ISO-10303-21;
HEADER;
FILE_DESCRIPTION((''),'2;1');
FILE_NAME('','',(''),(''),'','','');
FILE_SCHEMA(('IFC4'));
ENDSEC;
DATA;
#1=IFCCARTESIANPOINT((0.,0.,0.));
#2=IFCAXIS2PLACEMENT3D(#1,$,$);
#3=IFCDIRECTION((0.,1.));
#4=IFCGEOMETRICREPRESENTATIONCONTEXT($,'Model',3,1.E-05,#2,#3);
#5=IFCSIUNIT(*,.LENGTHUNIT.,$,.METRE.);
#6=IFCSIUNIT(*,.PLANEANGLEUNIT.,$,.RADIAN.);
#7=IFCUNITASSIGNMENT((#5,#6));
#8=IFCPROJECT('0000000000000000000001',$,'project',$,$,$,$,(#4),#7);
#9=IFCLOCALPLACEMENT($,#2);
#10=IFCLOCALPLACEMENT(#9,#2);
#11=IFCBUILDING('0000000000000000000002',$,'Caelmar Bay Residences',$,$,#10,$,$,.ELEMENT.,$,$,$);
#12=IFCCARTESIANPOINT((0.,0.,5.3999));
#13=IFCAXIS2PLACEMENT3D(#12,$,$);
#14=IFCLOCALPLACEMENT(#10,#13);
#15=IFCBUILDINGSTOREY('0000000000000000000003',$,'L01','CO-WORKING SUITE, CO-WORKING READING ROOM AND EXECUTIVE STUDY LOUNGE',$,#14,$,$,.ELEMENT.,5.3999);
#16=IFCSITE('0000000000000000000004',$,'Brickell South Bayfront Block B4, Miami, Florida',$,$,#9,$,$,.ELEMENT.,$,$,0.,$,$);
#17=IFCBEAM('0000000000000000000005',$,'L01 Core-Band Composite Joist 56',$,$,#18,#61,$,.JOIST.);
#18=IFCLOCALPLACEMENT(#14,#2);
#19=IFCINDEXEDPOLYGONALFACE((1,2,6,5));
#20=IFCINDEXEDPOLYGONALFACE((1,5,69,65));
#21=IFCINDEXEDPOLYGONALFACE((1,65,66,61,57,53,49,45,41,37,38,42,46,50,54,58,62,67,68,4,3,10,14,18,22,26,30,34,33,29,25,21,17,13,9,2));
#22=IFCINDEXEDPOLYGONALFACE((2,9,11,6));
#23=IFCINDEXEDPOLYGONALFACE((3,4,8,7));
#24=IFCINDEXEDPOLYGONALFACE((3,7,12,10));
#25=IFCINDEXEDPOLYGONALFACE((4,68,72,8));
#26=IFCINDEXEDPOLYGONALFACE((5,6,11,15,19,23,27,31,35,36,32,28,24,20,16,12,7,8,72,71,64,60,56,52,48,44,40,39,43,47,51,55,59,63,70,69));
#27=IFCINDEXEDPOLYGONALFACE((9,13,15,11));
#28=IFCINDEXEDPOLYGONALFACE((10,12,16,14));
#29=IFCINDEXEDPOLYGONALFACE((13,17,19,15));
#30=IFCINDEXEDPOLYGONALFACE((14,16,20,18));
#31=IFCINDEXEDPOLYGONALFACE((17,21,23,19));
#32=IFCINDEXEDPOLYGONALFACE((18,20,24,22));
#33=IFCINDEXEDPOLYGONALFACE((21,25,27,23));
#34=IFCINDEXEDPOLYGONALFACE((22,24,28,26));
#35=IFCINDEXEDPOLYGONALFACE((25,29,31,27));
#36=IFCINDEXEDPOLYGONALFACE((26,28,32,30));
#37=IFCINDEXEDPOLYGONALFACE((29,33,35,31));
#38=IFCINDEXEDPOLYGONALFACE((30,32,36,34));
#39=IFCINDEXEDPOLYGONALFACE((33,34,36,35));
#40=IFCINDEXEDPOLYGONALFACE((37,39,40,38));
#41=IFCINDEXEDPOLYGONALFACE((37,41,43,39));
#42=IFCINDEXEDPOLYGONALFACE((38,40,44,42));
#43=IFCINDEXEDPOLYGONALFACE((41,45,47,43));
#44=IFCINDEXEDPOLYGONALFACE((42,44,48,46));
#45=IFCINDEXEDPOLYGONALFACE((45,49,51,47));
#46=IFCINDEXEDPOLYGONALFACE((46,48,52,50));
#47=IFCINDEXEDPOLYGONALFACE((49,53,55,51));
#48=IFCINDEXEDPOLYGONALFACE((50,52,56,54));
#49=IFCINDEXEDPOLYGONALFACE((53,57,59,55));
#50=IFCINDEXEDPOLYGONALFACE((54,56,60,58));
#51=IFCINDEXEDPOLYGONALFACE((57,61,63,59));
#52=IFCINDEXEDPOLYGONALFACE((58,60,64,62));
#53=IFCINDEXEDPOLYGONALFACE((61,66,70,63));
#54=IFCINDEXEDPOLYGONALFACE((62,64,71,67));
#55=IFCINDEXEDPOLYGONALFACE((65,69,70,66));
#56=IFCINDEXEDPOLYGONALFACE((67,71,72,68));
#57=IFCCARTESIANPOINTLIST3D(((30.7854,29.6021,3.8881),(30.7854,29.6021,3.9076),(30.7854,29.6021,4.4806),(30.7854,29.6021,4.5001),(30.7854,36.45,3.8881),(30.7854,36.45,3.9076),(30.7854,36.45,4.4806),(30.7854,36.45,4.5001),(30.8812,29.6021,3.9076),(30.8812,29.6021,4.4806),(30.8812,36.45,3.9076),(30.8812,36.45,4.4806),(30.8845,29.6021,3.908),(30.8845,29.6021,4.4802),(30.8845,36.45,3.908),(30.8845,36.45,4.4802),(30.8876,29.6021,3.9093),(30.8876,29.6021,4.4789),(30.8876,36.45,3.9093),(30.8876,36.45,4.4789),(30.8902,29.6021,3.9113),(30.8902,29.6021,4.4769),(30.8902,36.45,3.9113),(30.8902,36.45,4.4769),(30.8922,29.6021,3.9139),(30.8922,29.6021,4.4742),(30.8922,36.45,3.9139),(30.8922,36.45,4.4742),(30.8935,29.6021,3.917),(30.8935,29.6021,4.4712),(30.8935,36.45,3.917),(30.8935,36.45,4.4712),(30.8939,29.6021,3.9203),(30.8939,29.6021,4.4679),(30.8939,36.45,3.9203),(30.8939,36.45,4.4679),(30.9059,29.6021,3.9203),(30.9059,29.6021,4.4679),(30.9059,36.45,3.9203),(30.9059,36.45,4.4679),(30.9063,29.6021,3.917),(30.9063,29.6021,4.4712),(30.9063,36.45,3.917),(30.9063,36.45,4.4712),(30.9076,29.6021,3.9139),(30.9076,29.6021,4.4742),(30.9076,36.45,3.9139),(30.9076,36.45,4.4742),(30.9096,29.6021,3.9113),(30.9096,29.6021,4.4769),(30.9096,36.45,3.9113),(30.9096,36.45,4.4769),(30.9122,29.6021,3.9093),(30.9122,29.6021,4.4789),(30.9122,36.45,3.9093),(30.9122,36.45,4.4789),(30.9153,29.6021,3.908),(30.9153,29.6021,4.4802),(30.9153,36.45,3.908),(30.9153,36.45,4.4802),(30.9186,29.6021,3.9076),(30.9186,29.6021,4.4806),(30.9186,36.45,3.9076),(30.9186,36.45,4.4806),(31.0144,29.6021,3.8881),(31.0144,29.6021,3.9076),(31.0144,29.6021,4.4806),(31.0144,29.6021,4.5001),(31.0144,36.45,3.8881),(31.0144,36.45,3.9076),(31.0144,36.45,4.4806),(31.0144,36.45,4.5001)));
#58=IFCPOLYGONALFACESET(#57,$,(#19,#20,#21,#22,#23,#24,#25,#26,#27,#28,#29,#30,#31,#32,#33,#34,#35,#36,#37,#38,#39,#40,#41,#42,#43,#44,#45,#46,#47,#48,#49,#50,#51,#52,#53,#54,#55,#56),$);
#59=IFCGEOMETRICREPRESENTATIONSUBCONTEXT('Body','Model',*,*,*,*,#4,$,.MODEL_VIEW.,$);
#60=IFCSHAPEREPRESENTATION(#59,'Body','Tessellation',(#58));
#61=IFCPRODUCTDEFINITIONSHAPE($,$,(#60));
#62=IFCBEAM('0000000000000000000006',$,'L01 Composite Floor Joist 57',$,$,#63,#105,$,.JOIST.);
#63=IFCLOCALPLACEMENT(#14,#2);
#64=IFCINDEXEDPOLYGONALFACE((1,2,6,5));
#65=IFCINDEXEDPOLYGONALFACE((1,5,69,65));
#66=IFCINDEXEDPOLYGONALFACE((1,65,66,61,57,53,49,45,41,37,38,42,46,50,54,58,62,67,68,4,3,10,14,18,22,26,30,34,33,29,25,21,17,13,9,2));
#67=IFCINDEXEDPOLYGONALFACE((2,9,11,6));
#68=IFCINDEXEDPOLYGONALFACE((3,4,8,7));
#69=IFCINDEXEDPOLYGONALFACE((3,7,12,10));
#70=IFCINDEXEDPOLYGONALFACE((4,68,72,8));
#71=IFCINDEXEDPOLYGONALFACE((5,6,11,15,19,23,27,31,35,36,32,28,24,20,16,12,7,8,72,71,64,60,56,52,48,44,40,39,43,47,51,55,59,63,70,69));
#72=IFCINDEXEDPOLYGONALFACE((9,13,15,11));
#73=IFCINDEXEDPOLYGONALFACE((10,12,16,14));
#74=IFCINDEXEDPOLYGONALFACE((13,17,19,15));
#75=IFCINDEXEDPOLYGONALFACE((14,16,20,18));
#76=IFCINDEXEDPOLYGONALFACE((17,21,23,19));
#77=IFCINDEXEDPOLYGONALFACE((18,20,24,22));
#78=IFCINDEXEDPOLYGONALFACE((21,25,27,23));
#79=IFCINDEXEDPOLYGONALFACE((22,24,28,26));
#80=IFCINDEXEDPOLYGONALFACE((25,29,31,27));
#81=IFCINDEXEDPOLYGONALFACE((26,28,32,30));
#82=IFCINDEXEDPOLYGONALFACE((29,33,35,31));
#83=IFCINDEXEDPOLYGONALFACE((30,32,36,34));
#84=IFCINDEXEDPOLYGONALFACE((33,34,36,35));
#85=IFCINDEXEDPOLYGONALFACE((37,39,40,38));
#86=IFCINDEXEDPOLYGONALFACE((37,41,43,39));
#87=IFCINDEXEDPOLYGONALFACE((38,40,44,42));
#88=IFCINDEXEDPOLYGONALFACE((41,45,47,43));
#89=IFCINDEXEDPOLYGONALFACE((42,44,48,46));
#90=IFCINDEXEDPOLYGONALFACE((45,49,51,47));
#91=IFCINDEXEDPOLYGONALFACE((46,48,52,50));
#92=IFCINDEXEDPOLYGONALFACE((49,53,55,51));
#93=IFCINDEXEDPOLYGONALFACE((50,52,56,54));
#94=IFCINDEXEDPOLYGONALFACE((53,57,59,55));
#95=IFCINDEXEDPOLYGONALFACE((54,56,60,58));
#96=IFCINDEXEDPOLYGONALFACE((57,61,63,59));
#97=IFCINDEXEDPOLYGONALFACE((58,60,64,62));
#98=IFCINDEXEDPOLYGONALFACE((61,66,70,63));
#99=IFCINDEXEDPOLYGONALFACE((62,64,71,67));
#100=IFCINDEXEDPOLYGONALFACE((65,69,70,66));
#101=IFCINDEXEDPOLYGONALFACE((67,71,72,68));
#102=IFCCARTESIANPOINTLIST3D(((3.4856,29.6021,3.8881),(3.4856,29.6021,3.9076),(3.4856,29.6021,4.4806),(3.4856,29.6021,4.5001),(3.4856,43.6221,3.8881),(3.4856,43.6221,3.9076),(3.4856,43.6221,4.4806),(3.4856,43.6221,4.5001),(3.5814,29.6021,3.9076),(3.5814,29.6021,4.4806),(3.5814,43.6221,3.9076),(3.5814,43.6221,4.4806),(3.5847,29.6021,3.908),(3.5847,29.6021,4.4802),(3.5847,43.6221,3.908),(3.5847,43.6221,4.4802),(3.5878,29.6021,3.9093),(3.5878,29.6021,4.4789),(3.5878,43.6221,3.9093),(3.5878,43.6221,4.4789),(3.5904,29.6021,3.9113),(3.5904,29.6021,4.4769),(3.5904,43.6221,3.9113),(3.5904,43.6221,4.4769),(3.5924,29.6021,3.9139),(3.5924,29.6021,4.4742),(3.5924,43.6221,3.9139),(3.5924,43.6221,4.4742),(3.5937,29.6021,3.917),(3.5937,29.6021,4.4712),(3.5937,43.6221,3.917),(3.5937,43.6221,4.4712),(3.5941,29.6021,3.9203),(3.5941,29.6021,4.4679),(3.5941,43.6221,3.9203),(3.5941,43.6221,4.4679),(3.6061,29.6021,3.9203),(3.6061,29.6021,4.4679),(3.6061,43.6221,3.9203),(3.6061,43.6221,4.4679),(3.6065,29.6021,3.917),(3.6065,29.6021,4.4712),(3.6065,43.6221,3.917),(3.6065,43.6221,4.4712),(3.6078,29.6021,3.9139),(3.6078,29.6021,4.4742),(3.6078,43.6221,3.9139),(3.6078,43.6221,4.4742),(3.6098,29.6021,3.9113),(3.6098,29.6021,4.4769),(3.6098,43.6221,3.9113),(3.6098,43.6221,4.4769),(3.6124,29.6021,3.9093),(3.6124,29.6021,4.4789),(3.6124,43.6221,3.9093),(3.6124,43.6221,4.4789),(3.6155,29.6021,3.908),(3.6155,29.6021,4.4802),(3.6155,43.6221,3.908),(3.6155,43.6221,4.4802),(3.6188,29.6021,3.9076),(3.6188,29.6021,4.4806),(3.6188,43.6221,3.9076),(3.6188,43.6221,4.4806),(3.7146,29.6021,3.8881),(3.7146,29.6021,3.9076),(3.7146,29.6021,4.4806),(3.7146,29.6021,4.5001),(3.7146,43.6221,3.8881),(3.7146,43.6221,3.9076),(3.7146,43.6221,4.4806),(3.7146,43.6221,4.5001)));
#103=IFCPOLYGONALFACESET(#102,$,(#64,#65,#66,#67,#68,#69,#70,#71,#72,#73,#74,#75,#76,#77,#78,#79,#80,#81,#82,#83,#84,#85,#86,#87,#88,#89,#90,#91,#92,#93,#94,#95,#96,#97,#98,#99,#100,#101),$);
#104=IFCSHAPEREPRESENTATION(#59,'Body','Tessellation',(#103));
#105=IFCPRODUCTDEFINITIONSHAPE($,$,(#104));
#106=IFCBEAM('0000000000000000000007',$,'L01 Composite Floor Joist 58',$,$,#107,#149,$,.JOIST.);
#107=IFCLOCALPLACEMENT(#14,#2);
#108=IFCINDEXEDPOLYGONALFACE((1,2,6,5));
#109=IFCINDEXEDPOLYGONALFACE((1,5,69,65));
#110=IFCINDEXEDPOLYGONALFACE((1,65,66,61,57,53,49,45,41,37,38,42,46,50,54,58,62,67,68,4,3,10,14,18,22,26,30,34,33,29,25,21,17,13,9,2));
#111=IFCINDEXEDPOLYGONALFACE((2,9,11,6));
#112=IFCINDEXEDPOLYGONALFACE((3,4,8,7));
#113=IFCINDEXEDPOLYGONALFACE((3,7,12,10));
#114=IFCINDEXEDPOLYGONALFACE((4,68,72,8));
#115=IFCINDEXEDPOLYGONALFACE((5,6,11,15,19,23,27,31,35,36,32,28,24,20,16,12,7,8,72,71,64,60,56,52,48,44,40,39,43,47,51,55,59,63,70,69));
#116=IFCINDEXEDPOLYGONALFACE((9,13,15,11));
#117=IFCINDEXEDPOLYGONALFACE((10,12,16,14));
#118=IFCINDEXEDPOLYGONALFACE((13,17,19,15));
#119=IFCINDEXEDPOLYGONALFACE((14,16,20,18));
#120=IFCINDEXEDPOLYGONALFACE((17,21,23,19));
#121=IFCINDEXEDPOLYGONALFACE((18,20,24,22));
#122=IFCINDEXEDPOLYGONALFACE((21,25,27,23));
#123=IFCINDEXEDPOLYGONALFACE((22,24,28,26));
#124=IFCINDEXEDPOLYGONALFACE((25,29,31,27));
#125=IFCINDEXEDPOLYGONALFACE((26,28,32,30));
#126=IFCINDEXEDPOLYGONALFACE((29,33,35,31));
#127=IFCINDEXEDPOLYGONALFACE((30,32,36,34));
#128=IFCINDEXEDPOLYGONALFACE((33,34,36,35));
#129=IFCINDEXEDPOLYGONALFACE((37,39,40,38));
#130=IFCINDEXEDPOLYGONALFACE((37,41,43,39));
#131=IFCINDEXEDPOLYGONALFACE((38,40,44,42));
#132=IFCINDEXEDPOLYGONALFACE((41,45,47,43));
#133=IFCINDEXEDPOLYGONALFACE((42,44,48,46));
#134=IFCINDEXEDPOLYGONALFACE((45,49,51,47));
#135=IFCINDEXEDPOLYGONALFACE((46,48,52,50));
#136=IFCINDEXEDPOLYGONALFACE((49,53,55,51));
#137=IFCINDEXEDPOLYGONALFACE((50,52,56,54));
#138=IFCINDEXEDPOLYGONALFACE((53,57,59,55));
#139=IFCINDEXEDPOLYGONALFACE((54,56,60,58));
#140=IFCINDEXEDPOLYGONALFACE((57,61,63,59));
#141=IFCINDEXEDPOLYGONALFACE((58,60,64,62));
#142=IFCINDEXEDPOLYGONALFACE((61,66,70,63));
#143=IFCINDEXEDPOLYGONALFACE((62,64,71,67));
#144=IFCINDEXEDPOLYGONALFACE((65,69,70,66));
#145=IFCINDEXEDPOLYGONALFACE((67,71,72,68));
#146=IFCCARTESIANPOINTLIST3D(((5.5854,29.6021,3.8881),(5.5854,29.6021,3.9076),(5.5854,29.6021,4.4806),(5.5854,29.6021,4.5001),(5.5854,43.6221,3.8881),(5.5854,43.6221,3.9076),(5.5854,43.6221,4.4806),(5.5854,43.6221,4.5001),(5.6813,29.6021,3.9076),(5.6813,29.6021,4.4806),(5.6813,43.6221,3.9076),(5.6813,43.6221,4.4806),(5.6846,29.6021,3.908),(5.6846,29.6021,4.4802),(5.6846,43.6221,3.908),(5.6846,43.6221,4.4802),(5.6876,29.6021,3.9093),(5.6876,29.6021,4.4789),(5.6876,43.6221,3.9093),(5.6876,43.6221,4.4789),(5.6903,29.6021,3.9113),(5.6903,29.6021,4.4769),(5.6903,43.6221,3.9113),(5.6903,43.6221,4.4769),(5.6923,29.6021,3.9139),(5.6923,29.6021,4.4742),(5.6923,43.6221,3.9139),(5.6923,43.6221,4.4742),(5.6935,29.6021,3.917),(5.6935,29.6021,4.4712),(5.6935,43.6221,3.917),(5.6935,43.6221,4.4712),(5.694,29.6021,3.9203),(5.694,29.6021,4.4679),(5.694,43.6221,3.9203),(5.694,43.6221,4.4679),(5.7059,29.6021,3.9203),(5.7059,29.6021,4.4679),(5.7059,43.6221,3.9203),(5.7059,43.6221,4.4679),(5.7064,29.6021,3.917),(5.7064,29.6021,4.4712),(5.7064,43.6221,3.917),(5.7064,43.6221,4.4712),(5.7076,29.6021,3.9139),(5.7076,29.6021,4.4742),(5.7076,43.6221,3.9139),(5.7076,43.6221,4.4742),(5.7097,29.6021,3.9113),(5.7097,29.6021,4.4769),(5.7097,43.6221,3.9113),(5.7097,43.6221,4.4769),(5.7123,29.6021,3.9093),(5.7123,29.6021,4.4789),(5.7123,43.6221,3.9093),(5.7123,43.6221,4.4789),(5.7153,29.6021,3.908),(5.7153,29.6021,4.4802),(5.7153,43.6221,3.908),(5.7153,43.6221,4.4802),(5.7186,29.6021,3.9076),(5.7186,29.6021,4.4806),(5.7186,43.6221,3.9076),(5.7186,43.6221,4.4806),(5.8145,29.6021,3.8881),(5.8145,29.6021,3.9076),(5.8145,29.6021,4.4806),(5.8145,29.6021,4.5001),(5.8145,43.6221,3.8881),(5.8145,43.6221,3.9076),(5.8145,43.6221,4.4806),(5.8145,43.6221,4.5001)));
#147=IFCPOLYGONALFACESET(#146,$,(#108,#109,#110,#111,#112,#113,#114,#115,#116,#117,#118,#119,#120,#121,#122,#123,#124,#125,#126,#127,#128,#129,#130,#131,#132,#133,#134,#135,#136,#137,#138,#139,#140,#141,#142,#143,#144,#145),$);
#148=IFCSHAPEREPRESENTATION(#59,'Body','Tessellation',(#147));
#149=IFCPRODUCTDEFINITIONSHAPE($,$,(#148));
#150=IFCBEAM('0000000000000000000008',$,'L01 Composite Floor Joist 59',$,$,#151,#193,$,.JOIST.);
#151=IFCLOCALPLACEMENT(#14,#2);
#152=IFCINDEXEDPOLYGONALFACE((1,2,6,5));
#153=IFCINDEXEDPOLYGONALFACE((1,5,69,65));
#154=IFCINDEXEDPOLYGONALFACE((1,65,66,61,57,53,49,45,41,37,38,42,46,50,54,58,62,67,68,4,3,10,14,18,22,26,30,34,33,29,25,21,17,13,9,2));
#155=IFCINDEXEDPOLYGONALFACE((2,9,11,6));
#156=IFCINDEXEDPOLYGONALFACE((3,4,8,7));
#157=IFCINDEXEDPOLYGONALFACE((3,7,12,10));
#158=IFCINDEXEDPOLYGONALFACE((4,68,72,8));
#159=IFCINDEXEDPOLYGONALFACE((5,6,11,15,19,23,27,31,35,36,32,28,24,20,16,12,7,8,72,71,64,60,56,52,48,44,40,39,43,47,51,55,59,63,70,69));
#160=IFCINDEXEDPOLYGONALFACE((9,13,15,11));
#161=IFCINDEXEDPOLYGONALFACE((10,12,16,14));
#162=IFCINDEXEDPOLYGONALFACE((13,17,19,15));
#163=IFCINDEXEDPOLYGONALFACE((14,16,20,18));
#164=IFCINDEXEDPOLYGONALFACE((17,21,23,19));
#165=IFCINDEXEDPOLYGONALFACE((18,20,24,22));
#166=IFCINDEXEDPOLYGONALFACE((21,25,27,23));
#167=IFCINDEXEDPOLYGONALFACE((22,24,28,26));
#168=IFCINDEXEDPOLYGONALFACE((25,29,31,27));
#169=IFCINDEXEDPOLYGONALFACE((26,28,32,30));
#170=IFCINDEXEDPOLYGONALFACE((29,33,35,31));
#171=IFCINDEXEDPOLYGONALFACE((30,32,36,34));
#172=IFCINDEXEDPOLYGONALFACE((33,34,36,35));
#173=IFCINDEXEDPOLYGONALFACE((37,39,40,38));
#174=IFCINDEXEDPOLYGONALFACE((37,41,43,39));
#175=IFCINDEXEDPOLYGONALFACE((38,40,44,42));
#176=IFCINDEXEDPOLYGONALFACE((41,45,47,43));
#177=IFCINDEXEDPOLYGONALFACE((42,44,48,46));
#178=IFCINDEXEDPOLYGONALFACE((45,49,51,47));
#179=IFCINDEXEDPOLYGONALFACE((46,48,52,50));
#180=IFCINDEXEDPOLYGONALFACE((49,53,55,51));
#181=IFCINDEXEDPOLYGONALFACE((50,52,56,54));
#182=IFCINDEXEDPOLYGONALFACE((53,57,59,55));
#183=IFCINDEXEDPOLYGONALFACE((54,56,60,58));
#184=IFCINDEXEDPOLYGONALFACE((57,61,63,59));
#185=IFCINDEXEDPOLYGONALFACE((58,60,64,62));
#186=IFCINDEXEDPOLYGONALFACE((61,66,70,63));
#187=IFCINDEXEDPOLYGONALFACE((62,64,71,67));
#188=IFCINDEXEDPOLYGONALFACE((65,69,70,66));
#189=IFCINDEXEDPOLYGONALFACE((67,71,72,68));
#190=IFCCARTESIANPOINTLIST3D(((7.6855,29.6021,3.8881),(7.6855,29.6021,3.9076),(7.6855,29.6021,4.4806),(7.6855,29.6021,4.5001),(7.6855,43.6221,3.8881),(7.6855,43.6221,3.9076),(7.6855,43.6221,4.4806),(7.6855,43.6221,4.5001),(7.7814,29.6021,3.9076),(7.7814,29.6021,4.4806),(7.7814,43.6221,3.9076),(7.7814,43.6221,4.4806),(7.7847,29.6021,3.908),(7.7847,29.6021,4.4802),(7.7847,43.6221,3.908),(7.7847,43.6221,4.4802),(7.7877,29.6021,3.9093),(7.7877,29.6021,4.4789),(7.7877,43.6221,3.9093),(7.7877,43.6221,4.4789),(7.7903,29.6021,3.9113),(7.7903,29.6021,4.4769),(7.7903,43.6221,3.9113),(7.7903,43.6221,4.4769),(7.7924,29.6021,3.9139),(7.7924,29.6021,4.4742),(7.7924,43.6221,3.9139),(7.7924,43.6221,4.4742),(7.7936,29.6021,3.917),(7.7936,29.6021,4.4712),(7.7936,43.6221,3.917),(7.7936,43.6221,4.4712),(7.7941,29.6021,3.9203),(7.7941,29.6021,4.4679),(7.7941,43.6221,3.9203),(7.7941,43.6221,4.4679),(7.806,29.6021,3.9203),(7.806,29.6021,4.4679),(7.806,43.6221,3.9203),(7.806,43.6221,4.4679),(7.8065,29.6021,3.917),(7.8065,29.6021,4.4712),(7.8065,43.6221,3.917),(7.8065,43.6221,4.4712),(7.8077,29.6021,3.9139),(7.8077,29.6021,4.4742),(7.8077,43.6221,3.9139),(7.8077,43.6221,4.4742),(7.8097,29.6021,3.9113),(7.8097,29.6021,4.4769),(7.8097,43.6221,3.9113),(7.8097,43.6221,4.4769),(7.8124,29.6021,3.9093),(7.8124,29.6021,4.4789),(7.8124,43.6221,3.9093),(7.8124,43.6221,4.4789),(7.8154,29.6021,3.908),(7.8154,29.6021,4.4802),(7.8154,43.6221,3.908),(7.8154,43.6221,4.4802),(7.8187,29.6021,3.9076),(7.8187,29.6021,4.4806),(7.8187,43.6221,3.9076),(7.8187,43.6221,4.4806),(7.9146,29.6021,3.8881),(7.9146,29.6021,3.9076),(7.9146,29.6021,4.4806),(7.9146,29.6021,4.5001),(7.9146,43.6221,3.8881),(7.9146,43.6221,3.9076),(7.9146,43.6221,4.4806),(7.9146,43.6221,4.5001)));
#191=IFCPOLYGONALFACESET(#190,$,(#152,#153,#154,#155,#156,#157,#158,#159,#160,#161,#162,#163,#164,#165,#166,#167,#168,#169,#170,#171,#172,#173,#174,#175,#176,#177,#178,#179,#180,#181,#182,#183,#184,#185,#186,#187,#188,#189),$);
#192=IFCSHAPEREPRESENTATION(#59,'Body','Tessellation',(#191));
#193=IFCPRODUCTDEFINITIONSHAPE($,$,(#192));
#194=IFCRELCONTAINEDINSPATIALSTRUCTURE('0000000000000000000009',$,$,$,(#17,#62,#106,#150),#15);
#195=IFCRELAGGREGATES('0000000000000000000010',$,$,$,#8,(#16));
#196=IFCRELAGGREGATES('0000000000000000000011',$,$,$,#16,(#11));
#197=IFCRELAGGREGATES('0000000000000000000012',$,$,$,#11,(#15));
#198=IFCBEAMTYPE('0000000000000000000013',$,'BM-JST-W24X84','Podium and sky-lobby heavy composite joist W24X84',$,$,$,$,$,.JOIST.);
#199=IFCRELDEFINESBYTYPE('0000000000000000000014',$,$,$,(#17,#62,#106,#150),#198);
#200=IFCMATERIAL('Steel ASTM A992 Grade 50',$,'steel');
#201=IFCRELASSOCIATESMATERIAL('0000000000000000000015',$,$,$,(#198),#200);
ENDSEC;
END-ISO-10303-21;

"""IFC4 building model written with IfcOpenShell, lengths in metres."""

from ifc_helpers import new_model, si_unit, direction, frame, origin, origin_2d, place, context, subcontext, project, spatial, i_section, extrude, material, material_profile, profile_set, type_object, element, save


model = new_model("IFC4")

# Units and contexts
model_context = context("Model", 3, precision=1e-05, world=origin(), true_north=direction((0.0, 1.0)))
body_context = subcontext(model_context, "Body", "Model", "MODEL_VIEW")
ifc_project = project(units=[si_unit("LENGTHUNIT", "METRE"), si_unit("PLANEANGLEUNIT", "RADIAN")], contexts=[model_context])

# Site, building, storey
site_placement = place(None, origin())
site = spatial("IfcSite", under=ifc_project, at=site_placement, Name="Brickell South Bayfront Block B4, Miami, Florida", CompositionType="ELEMENT", RefElevation=0.0)
building_placement = place(site_placement, origin())
building = spatial("IfcBuilding", under=site, at=building_placement, Name="Caelmar Bay Residences", CompositionType="ELEMENT")
storey_placement = place(building_placement, frame((0.0, 0.0, 5.3999)))
storey = spatial("IfcBuildingStorey", under=building, at=storey_placement, Name="L01", Description="CO-WORKING SUITE, CO-WORKING READING ROOM AND EXECUTIVE STUDY LOUNGE", CompositionType="ELEMENT", Elevation=5.3999)

# Beams
ifc_material_1 = material(Name="Steel ASTM A992 Grade 50", Category="steel")
ifc_material_profile_1 = material_profile(ifc_material_1, i_section(OverallWidth=0.229, OverallDepth=0.6121, WebThickness=0.012, FlangeThickness=0.0195, FilletRadius=0.0127, at=origin_2d()), Name="W24X84")
ifc_profile_set_1 = profile_set([ifc_material_profile_1], Name="Steel ASTM A992 Grade 50")
beam_type_1 = type_object("IfcBeamType", Name="BM-JST-W24X84", Description="Podium and sky-lobby heavy composite joist W24X84", PredefinedType="JOIST", material=ifc_profile_set_1)
beam_1_placement = place(storey_placement, frame((30.8999, 29.6021, 4.1941), z_axis=(0.0, 1.0, 0.0), x_axis=(-1.0, 0.0, 0.0)))
element("IfcBeam", 1, at=beam_1_placement, inside=storey, type_object=beam_type_1, Name="L01 Core-Band Composite Joist 56", PredefinedType="JOIST", context=body_context, shape_type="SweptSolid", body=[
    extrude(i_section(OverallWidth=0.229, OverallDepth=0.6121, WebThickness=0.012, FlangeThickness=0.0195, FilletRadius=0.0127, at=origin_2d()), origin(), (0.0, 0.0, 1.0), 6.8479),
])
for number, where, z_axis, x_axis, name in (
    (2, (3.6001, 29.6021, 4.1941), (0.0, 1.0, 0.0), (-1.0, 0.0, 0.0), "L01 Composite Floor Joist 57"),
    (3, (5.7, 29.6021, 4.1941), (0.0, 1.0, 0.0), (-1.0, 0.0, 0.0), "L01 Composite Floor Joist 58"),
    (4, (7.8, 29.6021, 4.1941), (0.0, 1.0, 0.0), (-1.0, 0.0, 0.0), "L01 Composite Floor Joist 59"),
):
    element("IfcBeam", number, at=place(storey_placement, frame(where, z_axis=z_axis, x_axis=x_axis)), inside=storey, type_object=beam_type_1, Name=name, PredefinedType="JOIST", context=body_context, shape_type="SweptSolid", body=[
        extrude(i_section(OverallWidth=0.229, OverallDepth=0.6121, WebThickness=0.012, FlangeThickness=0.0195, FilletRadius=0.0127, at=origin_2d()), origin(), (0.0, 0.0, 1.0), 14.02),
    ])

save(model, "model.ifc")
